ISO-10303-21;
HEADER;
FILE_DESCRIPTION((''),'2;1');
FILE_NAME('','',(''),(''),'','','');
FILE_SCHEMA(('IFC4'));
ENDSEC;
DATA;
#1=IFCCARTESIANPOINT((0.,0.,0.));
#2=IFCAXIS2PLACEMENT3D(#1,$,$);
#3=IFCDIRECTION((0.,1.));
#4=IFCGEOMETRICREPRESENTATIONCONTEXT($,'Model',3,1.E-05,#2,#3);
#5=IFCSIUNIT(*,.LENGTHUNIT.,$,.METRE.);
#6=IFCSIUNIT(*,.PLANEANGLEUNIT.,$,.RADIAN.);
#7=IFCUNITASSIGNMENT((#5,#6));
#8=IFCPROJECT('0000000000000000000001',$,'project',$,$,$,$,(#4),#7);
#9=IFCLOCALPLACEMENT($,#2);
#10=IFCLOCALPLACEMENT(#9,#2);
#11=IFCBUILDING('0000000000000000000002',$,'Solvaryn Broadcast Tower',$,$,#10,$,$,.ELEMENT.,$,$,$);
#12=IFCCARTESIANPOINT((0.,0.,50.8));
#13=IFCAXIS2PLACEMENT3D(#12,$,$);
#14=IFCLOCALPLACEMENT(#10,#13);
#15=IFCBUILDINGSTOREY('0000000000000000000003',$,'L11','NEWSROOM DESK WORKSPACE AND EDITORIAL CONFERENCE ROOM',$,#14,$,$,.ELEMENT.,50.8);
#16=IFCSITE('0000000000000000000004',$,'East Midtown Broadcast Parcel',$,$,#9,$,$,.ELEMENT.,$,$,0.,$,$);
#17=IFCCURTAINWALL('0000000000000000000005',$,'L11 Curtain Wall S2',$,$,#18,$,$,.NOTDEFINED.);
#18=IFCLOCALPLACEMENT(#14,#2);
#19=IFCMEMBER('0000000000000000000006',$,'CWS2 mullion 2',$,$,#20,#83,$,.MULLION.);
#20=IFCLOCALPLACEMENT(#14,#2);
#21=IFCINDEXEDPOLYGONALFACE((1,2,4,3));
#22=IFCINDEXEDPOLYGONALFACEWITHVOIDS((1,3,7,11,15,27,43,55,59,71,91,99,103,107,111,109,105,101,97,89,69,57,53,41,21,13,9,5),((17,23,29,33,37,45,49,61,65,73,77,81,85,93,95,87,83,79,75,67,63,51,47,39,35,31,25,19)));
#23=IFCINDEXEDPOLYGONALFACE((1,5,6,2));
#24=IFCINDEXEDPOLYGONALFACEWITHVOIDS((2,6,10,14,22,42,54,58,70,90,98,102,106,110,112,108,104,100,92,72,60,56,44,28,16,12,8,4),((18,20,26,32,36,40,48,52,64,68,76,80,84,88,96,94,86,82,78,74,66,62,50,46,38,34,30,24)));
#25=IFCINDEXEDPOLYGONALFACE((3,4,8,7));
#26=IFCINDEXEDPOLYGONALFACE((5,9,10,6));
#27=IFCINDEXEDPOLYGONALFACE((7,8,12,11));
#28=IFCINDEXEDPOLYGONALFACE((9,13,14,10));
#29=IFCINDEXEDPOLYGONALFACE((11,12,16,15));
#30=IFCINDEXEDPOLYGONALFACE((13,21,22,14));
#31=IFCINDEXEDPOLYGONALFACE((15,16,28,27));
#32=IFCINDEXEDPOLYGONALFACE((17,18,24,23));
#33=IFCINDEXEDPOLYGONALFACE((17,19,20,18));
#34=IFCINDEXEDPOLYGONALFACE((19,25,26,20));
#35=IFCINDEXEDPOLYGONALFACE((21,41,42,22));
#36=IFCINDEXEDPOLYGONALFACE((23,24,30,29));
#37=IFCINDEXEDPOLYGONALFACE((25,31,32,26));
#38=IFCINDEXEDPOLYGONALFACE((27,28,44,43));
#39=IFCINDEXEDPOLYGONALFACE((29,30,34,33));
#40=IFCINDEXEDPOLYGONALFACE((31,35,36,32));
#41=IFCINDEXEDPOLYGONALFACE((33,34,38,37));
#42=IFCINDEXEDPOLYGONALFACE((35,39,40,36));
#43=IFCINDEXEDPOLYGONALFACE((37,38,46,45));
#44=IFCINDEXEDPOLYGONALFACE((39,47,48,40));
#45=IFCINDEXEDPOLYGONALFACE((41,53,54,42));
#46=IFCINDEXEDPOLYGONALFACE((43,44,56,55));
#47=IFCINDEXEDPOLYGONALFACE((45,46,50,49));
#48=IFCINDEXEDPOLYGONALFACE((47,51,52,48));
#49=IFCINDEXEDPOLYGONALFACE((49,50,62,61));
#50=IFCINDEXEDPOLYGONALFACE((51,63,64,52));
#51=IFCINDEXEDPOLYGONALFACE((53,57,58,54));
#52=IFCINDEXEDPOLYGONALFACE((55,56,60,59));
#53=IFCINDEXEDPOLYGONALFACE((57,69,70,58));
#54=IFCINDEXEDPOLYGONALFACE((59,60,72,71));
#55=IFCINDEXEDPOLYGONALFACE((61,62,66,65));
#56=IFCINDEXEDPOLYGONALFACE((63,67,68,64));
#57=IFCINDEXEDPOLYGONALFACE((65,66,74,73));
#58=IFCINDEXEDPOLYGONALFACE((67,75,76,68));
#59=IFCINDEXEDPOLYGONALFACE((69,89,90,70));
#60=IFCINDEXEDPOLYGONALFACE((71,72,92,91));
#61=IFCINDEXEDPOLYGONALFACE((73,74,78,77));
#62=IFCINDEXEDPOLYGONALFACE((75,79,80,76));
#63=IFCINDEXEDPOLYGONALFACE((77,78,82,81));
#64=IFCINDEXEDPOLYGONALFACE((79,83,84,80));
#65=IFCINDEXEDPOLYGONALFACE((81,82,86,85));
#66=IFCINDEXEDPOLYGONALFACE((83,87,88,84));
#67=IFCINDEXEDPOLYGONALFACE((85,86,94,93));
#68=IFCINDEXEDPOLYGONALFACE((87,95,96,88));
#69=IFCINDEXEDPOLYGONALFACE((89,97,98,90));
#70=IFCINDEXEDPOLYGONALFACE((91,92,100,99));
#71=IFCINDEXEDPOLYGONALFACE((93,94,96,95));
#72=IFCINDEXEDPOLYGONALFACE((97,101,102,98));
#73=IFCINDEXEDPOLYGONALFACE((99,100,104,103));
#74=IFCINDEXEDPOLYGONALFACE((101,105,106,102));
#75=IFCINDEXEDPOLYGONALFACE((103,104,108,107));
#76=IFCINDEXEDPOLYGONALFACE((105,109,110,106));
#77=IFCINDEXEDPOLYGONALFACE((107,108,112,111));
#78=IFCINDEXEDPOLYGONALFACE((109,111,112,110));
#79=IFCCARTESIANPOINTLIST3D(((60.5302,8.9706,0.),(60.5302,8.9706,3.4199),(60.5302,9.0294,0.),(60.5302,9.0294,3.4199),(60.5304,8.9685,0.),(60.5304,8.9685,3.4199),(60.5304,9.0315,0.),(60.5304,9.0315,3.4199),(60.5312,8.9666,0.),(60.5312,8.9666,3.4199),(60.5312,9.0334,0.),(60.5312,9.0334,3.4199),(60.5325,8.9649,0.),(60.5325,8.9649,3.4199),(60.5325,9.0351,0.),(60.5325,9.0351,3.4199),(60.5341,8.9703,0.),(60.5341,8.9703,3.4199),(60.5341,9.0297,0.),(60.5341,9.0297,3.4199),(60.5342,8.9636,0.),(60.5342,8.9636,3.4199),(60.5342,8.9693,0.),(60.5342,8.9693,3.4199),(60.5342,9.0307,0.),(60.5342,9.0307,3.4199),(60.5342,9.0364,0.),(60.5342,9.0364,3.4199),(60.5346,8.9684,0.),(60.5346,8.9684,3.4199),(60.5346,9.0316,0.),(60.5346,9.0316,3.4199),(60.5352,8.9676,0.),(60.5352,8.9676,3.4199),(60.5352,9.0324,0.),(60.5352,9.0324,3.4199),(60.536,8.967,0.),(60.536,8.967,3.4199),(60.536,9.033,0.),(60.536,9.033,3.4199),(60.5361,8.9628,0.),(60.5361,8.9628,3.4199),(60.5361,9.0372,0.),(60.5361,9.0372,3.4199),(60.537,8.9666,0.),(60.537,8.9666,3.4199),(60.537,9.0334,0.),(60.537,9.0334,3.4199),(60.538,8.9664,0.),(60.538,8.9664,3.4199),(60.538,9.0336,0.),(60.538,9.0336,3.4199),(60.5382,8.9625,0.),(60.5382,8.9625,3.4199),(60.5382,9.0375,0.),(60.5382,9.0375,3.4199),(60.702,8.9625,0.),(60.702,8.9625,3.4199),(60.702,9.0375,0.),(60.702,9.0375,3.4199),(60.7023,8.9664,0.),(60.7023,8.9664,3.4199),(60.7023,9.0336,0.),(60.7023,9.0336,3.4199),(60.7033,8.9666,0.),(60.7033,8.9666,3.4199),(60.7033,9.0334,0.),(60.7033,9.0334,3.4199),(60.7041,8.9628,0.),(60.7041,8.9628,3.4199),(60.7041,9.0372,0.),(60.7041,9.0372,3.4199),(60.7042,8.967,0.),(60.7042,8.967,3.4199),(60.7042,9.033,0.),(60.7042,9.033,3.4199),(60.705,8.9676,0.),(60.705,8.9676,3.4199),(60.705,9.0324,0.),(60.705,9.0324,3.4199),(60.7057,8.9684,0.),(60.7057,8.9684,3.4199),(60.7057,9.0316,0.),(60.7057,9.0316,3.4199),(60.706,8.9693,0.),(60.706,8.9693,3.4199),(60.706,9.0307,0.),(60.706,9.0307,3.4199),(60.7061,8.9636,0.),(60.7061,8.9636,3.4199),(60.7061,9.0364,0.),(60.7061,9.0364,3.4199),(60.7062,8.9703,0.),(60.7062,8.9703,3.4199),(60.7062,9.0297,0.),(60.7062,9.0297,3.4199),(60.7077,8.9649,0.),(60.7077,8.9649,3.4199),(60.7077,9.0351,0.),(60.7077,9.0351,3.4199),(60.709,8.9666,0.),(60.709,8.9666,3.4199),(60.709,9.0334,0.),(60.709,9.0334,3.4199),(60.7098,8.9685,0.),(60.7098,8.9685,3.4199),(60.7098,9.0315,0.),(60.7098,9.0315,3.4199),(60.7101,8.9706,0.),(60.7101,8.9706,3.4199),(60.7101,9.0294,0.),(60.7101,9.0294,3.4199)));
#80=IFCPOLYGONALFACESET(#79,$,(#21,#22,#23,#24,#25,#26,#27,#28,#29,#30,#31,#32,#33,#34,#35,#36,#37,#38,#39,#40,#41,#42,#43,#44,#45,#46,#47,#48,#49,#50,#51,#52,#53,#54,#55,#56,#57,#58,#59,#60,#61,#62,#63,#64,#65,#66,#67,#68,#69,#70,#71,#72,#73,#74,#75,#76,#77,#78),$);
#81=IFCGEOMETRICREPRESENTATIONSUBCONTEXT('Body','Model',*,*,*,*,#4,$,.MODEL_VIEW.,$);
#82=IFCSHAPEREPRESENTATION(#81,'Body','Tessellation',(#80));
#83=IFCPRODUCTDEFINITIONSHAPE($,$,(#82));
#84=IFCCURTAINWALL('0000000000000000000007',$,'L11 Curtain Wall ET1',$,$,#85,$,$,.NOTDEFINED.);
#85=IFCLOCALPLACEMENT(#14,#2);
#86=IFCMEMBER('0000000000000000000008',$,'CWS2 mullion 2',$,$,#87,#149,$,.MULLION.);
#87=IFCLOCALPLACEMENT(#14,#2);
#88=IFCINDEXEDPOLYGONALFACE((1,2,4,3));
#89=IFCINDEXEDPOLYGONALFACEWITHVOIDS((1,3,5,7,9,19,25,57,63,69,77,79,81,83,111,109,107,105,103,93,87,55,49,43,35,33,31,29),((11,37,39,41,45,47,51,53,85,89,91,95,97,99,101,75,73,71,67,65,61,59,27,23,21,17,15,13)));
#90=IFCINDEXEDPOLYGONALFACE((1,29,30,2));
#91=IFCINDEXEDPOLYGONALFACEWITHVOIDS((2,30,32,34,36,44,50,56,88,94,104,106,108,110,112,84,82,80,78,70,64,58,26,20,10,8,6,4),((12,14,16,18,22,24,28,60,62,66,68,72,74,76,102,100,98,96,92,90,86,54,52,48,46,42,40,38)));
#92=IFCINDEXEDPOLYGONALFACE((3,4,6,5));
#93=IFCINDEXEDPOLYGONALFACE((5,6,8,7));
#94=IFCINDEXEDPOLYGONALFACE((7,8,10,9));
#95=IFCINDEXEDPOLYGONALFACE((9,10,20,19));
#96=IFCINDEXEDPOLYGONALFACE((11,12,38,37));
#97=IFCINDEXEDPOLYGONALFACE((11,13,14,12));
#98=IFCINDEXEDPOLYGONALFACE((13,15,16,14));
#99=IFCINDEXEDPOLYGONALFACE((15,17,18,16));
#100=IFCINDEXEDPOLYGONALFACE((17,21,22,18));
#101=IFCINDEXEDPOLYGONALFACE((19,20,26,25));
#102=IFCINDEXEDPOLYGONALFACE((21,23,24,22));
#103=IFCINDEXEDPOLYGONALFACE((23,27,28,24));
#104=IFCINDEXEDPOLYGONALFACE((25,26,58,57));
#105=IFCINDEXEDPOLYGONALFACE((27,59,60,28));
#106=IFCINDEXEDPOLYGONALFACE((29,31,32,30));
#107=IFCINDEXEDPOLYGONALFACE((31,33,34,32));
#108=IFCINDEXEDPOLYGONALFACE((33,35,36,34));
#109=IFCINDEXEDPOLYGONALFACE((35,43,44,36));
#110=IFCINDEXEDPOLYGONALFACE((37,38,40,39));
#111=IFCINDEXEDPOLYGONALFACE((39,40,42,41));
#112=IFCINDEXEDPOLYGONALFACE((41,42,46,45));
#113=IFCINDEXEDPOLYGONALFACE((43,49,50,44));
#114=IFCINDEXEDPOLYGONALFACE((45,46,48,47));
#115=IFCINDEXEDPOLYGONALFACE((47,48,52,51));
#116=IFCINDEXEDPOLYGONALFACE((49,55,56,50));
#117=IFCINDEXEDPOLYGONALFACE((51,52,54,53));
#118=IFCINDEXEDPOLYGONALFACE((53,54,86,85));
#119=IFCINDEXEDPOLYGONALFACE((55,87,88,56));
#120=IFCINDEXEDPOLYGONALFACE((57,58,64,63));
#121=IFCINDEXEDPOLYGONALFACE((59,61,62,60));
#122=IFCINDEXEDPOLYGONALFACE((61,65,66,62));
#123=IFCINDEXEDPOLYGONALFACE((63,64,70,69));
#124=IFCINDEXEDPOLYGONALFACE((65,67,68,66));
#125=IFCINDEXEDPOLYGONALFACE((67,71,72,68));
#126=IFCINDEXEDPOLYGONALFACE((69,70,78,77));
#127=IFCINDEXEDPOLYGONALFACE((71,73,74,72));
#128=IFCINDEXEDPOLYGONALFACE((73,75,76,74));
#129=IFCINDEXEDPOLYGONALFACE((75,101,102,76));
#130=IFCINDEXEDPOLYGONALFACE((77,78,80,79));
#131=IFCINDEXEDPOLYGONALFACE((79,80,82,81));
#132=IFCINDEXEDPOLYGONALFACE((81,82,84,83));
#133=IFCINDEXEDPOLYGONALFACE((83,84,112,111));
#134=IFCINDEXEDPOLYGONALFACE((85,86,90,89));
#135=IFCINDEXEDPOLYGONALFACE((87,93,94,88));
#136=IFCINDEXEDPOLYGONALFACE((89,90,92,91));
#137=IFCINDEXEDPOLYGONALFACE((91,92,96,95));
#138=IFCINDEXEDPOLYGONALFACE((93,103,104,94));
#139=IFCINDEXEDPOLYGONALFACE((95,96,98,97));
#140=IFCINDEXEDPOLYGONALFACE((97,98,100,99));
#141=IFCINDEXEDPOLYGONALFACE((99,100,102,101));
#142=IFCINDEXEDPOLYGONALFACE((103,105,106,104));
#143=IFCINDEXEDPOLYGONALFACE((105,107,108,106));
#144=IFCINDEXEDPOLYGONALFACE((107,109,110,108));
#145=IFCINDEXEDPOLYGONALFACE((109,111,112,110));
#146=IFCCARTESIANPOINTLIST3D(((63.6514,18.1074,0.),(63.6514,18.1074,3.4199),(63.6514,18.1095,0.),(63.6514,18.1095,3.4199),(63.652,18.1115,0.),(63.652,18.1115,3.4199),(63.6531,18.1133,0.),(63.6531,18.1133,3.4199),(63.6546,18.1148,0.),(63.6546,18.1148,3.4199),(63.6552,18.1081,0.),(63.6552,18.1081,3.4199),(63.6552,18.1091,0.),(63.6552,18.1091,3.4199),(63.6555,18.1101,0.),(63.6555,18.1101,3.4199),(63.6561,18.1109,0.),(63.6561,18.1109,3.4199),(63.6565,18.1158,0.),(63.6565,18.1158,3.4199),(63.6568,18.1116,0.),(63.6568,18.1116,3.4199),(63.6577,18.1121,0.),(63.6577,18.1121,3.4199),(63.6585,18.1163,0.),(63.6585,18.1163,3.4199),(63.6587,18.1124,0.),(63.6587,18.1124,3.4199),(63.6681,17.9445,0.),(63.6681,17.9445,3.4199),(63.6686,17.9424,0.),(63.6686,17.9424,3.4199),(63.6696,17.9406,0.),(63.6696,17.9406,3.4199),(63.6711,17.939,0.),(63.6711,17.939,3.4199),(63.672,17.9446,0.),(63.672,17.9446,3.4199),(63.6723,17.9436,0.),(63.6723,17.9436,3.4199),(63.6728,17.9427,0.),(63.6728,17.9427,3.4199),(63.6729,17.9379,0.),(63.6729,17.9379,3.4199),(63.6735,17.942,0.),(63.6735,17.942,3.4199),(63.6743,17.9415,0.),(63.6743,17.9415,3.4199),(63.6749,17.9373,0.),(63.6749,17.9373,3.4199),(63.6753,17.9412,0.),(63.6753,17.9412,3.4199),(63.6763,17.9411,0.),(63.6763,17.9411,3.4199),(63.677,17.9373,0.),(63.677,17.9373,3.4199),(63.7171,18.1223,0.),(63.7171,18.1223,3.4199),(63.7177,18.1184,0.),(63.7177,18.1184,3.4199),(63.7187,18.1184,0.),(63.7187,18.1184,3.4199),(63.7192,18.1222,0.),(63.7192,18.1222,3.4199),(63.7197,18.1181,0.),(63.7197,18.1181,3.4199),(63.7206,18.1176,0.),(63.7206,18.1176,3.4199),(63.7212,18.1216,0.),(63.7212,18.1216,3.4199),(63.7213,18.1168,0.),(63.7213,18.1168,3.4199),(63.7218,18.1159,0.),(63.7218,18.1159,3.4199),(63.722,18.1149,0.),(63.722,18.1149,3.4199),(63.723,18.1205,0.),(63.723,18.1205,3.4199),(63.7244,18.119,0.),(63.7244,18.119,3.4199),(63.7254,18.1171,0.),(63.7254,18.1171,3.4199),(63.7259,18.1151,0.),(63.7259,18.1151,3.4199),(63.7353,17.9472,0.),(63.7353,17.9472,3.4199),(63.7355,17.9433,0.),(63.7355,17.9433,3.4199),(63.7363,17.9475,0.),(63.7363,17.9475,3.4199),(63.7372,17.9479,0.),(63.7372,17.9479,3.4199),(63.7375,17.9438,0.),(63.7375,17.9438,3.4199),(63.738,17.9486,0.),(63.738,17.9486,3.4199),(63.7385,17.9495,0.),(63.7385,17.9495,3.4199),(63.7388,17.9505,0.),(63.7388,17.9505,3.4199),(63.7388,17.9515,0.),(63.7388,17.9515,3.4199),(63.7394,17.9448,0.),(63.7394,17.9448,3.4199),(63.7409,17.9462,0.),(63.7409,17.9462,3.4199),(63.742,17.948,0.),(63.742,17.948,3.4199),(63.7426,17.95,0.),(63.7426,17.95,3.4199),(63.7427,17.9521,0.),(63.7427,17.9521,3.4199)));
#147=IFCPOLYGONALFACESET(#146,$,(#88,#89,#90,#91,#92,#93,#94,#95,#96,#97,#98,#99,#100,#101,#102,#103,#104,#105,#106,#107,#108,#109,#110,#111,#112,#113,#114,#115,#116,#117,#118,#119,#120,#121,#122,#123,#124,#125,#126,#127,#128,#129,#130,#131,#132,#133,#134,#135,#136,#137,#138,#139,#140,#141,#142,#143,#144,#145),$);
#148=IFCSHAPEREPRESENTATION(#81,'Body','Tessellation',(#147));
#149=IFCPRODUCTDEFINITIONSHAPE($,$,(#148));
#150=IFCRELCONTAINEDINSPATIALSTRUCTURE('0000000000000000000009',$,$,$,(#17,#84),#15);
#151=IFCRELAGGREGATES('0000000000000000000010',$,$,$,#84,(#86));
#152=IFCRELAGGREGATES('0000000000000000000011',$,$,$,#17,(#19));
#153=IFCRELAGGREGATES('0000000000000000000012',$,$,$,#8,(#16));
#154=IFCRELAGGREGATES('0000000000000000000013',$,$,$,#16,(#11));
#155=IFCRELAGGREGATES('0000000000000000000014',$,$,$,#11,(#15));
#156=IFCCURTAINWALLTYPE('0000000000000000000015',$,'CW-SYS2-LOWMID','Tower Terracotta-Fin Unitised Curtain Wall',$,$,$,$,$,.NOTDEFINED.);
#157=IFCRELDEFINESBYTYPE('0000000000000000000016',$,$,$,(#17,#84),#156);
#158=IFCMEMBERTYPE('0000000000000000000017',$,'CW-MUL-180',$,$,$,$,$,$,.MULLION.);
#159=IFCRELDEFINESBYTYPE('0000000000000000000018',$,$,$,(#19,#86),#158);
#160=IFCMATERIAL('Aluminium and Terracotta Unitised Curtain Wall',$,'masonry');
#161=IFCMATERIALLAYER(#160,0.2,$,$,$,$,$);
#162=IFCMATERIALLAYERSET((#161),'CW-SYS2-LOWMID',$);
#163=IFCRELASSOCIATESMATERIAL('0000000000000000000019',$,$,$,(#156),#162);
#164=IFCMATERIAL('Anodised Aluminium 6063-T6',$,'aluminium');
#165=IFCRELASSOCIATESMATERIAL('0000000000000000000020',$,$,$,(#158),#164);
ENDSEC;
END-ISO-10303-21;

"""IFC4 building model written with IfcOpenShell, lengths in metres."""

from ifc_helpers import new_model, si_unit, direction, frame, origin, origin_2d, place, context, subcontext, project, spatial, hollow_rectangle, extrude, material, layer, layer_set, material_profile, profile_set, type_object, element, aggregate, save


model = new_model("IFC4")

# Units and contexts
model_context = context("Model", 3, precision=1e-05, world=origin(), true_north=direction((0.0, 1.0)))
body_context = subcontext(model_context, "Body", "Model", "MODEL_VIEW")
ifc_project = project(units=[si_unit("LENGTHUNIT", "METRE"), si_unit("PLANEANGLEUNIT", "RADIAN")], contexts=[model_context])

# Site, building, storey
site_placement = place(None, origin())
site = spatial("IfcSite", under=ifc_project, at=site_placement, Name="East Midtown Broadcast Parcel", CompositionType="ELEMENT", RefElevation=0.0)
building_placement = place(site_placement, origin())
building = spatial("IfcBuilding", under=site, at=building_placement, Name="Solvaryn Broadcast Tower", CompositionType="ELEMENT")
storey_placement = place(building_placement, frame((0.0, 0.0, 50.8)))
storey = spatial("IfcBuildingStorey", under=building, at=storey_placement, Name="L11", Description="NEWSROOM DESK WORKSPACE AND EDITORIAL CONFERENCE ROOM", CompositionType="ELEMENT", Elevation=50.8)

# Curtain walls, members
ifc_material_1 = material(Name="Aluminium and Terracotta Unitised Curtain Wall", Category="masonry")
ifc_layer_1 = layer(ifc_material_1, 0.2)
ifc_layer_set_1 = layer_set([ifc_layer_1], Name="CW-SYS2-LOWMID")
curtain_wall_type = type_object("IfcCurtainWallType", Name="CW-SYS2-LOWMID", Description="Tower Terracotta-Fin Unitised Curtain Wall", PredefinedType="NOTDEFINED", material=ifc_layer_set_1)
curtain_wall_1_placement = place(storey_placement, origin())
curtain_wall_1 = element("IfcCurtainWall", 1, at=curtain_wall_1_placement, inside=storey, type_object=curtain_wall_type, Name="L11 Curtain Wall S2", PredefinedType="NOTDEFINED")
ifc_material_2 = material(Name="Anodised Aluminium 6063-T6", Category="aluminium")
ifc_material_profile_1 = material_profile(ifc_material_2, hollow_rectangle(XDim=0.075, YDim=0.1799, WallThickness=0.0039, InnerFilletRadius=0.0039, OuterFilletRadius=0.0081, at=origin_2d()))
ifc_profile_set_1 = profile_set([ifc_material_profile_1], Name="Anodised Aluminium 6063-T6")
member_type_1 = type_object("IfcMemberType", Name="CW-MUL-180", PredefinedType="MULLION", material=ifc_profile_set_1)
member_1_placement = place(storey_placement, frame((60.6201, 9.0, 0.0), z_axis=(0.0, 0.0, 1.0), x_axis=(0.0, 1.0, 0.0)))
member_1 = element("IfcMember", 2, at=member_1_placement, type_object=member_type_1, Name="CWS2 mullion 2", PredefinedType="MULLION", context=body_context, shape_type="SweptSolid", body=[
    extrude(hollow_rectangle(XDim=0.075, YDim=0.1799, WallThickness=0.0039, InnerFilletRadius=0.0039, OuterFilletRadius=0.0081, at=origin_2d()), origin(), (0.0, 0.0, 1.0), 3.4199),
])
curtain_wall_2_placement = place(storey_placement, origin())
curtain_wall_2 = element("IfcCurtainWall", 3, at=curtain_wall_2_placement, inside=storey, type_object=curtain_wall_type, Name="L11 Curtain Wall ET1", PredefinedType="NOTDEFINED")
member_2_placement = place(storey_placement, frame((63.697, 18.0298, 0.0), z_axis=(0.0, 0.0, 1.0), x_axis=(0.994743, 0.1024, 0.0)))
member_2 = element("IfcMember", 4, at=member_2_placement, type_object=member_type_1, Name="CWS2 mullion 2", PredefinedType="MULLION", context=body_context, shape_type="SweptSolid", body=[
    extrude(hollow_rectangle(XDim=0.075, YDim=0.1799, WallThickness=0.0039, InnerFilletRadius=0.0039, OuterFilletRadius=0.0081, at=origin_2d()), origin(), (0.0, 0.0, 1.0), 3.4199),
])
aggregate(curtain_wall_2, [member_2])

aggregate(curtain_wall_1, [member_1])

save(model, "model.ifc")
